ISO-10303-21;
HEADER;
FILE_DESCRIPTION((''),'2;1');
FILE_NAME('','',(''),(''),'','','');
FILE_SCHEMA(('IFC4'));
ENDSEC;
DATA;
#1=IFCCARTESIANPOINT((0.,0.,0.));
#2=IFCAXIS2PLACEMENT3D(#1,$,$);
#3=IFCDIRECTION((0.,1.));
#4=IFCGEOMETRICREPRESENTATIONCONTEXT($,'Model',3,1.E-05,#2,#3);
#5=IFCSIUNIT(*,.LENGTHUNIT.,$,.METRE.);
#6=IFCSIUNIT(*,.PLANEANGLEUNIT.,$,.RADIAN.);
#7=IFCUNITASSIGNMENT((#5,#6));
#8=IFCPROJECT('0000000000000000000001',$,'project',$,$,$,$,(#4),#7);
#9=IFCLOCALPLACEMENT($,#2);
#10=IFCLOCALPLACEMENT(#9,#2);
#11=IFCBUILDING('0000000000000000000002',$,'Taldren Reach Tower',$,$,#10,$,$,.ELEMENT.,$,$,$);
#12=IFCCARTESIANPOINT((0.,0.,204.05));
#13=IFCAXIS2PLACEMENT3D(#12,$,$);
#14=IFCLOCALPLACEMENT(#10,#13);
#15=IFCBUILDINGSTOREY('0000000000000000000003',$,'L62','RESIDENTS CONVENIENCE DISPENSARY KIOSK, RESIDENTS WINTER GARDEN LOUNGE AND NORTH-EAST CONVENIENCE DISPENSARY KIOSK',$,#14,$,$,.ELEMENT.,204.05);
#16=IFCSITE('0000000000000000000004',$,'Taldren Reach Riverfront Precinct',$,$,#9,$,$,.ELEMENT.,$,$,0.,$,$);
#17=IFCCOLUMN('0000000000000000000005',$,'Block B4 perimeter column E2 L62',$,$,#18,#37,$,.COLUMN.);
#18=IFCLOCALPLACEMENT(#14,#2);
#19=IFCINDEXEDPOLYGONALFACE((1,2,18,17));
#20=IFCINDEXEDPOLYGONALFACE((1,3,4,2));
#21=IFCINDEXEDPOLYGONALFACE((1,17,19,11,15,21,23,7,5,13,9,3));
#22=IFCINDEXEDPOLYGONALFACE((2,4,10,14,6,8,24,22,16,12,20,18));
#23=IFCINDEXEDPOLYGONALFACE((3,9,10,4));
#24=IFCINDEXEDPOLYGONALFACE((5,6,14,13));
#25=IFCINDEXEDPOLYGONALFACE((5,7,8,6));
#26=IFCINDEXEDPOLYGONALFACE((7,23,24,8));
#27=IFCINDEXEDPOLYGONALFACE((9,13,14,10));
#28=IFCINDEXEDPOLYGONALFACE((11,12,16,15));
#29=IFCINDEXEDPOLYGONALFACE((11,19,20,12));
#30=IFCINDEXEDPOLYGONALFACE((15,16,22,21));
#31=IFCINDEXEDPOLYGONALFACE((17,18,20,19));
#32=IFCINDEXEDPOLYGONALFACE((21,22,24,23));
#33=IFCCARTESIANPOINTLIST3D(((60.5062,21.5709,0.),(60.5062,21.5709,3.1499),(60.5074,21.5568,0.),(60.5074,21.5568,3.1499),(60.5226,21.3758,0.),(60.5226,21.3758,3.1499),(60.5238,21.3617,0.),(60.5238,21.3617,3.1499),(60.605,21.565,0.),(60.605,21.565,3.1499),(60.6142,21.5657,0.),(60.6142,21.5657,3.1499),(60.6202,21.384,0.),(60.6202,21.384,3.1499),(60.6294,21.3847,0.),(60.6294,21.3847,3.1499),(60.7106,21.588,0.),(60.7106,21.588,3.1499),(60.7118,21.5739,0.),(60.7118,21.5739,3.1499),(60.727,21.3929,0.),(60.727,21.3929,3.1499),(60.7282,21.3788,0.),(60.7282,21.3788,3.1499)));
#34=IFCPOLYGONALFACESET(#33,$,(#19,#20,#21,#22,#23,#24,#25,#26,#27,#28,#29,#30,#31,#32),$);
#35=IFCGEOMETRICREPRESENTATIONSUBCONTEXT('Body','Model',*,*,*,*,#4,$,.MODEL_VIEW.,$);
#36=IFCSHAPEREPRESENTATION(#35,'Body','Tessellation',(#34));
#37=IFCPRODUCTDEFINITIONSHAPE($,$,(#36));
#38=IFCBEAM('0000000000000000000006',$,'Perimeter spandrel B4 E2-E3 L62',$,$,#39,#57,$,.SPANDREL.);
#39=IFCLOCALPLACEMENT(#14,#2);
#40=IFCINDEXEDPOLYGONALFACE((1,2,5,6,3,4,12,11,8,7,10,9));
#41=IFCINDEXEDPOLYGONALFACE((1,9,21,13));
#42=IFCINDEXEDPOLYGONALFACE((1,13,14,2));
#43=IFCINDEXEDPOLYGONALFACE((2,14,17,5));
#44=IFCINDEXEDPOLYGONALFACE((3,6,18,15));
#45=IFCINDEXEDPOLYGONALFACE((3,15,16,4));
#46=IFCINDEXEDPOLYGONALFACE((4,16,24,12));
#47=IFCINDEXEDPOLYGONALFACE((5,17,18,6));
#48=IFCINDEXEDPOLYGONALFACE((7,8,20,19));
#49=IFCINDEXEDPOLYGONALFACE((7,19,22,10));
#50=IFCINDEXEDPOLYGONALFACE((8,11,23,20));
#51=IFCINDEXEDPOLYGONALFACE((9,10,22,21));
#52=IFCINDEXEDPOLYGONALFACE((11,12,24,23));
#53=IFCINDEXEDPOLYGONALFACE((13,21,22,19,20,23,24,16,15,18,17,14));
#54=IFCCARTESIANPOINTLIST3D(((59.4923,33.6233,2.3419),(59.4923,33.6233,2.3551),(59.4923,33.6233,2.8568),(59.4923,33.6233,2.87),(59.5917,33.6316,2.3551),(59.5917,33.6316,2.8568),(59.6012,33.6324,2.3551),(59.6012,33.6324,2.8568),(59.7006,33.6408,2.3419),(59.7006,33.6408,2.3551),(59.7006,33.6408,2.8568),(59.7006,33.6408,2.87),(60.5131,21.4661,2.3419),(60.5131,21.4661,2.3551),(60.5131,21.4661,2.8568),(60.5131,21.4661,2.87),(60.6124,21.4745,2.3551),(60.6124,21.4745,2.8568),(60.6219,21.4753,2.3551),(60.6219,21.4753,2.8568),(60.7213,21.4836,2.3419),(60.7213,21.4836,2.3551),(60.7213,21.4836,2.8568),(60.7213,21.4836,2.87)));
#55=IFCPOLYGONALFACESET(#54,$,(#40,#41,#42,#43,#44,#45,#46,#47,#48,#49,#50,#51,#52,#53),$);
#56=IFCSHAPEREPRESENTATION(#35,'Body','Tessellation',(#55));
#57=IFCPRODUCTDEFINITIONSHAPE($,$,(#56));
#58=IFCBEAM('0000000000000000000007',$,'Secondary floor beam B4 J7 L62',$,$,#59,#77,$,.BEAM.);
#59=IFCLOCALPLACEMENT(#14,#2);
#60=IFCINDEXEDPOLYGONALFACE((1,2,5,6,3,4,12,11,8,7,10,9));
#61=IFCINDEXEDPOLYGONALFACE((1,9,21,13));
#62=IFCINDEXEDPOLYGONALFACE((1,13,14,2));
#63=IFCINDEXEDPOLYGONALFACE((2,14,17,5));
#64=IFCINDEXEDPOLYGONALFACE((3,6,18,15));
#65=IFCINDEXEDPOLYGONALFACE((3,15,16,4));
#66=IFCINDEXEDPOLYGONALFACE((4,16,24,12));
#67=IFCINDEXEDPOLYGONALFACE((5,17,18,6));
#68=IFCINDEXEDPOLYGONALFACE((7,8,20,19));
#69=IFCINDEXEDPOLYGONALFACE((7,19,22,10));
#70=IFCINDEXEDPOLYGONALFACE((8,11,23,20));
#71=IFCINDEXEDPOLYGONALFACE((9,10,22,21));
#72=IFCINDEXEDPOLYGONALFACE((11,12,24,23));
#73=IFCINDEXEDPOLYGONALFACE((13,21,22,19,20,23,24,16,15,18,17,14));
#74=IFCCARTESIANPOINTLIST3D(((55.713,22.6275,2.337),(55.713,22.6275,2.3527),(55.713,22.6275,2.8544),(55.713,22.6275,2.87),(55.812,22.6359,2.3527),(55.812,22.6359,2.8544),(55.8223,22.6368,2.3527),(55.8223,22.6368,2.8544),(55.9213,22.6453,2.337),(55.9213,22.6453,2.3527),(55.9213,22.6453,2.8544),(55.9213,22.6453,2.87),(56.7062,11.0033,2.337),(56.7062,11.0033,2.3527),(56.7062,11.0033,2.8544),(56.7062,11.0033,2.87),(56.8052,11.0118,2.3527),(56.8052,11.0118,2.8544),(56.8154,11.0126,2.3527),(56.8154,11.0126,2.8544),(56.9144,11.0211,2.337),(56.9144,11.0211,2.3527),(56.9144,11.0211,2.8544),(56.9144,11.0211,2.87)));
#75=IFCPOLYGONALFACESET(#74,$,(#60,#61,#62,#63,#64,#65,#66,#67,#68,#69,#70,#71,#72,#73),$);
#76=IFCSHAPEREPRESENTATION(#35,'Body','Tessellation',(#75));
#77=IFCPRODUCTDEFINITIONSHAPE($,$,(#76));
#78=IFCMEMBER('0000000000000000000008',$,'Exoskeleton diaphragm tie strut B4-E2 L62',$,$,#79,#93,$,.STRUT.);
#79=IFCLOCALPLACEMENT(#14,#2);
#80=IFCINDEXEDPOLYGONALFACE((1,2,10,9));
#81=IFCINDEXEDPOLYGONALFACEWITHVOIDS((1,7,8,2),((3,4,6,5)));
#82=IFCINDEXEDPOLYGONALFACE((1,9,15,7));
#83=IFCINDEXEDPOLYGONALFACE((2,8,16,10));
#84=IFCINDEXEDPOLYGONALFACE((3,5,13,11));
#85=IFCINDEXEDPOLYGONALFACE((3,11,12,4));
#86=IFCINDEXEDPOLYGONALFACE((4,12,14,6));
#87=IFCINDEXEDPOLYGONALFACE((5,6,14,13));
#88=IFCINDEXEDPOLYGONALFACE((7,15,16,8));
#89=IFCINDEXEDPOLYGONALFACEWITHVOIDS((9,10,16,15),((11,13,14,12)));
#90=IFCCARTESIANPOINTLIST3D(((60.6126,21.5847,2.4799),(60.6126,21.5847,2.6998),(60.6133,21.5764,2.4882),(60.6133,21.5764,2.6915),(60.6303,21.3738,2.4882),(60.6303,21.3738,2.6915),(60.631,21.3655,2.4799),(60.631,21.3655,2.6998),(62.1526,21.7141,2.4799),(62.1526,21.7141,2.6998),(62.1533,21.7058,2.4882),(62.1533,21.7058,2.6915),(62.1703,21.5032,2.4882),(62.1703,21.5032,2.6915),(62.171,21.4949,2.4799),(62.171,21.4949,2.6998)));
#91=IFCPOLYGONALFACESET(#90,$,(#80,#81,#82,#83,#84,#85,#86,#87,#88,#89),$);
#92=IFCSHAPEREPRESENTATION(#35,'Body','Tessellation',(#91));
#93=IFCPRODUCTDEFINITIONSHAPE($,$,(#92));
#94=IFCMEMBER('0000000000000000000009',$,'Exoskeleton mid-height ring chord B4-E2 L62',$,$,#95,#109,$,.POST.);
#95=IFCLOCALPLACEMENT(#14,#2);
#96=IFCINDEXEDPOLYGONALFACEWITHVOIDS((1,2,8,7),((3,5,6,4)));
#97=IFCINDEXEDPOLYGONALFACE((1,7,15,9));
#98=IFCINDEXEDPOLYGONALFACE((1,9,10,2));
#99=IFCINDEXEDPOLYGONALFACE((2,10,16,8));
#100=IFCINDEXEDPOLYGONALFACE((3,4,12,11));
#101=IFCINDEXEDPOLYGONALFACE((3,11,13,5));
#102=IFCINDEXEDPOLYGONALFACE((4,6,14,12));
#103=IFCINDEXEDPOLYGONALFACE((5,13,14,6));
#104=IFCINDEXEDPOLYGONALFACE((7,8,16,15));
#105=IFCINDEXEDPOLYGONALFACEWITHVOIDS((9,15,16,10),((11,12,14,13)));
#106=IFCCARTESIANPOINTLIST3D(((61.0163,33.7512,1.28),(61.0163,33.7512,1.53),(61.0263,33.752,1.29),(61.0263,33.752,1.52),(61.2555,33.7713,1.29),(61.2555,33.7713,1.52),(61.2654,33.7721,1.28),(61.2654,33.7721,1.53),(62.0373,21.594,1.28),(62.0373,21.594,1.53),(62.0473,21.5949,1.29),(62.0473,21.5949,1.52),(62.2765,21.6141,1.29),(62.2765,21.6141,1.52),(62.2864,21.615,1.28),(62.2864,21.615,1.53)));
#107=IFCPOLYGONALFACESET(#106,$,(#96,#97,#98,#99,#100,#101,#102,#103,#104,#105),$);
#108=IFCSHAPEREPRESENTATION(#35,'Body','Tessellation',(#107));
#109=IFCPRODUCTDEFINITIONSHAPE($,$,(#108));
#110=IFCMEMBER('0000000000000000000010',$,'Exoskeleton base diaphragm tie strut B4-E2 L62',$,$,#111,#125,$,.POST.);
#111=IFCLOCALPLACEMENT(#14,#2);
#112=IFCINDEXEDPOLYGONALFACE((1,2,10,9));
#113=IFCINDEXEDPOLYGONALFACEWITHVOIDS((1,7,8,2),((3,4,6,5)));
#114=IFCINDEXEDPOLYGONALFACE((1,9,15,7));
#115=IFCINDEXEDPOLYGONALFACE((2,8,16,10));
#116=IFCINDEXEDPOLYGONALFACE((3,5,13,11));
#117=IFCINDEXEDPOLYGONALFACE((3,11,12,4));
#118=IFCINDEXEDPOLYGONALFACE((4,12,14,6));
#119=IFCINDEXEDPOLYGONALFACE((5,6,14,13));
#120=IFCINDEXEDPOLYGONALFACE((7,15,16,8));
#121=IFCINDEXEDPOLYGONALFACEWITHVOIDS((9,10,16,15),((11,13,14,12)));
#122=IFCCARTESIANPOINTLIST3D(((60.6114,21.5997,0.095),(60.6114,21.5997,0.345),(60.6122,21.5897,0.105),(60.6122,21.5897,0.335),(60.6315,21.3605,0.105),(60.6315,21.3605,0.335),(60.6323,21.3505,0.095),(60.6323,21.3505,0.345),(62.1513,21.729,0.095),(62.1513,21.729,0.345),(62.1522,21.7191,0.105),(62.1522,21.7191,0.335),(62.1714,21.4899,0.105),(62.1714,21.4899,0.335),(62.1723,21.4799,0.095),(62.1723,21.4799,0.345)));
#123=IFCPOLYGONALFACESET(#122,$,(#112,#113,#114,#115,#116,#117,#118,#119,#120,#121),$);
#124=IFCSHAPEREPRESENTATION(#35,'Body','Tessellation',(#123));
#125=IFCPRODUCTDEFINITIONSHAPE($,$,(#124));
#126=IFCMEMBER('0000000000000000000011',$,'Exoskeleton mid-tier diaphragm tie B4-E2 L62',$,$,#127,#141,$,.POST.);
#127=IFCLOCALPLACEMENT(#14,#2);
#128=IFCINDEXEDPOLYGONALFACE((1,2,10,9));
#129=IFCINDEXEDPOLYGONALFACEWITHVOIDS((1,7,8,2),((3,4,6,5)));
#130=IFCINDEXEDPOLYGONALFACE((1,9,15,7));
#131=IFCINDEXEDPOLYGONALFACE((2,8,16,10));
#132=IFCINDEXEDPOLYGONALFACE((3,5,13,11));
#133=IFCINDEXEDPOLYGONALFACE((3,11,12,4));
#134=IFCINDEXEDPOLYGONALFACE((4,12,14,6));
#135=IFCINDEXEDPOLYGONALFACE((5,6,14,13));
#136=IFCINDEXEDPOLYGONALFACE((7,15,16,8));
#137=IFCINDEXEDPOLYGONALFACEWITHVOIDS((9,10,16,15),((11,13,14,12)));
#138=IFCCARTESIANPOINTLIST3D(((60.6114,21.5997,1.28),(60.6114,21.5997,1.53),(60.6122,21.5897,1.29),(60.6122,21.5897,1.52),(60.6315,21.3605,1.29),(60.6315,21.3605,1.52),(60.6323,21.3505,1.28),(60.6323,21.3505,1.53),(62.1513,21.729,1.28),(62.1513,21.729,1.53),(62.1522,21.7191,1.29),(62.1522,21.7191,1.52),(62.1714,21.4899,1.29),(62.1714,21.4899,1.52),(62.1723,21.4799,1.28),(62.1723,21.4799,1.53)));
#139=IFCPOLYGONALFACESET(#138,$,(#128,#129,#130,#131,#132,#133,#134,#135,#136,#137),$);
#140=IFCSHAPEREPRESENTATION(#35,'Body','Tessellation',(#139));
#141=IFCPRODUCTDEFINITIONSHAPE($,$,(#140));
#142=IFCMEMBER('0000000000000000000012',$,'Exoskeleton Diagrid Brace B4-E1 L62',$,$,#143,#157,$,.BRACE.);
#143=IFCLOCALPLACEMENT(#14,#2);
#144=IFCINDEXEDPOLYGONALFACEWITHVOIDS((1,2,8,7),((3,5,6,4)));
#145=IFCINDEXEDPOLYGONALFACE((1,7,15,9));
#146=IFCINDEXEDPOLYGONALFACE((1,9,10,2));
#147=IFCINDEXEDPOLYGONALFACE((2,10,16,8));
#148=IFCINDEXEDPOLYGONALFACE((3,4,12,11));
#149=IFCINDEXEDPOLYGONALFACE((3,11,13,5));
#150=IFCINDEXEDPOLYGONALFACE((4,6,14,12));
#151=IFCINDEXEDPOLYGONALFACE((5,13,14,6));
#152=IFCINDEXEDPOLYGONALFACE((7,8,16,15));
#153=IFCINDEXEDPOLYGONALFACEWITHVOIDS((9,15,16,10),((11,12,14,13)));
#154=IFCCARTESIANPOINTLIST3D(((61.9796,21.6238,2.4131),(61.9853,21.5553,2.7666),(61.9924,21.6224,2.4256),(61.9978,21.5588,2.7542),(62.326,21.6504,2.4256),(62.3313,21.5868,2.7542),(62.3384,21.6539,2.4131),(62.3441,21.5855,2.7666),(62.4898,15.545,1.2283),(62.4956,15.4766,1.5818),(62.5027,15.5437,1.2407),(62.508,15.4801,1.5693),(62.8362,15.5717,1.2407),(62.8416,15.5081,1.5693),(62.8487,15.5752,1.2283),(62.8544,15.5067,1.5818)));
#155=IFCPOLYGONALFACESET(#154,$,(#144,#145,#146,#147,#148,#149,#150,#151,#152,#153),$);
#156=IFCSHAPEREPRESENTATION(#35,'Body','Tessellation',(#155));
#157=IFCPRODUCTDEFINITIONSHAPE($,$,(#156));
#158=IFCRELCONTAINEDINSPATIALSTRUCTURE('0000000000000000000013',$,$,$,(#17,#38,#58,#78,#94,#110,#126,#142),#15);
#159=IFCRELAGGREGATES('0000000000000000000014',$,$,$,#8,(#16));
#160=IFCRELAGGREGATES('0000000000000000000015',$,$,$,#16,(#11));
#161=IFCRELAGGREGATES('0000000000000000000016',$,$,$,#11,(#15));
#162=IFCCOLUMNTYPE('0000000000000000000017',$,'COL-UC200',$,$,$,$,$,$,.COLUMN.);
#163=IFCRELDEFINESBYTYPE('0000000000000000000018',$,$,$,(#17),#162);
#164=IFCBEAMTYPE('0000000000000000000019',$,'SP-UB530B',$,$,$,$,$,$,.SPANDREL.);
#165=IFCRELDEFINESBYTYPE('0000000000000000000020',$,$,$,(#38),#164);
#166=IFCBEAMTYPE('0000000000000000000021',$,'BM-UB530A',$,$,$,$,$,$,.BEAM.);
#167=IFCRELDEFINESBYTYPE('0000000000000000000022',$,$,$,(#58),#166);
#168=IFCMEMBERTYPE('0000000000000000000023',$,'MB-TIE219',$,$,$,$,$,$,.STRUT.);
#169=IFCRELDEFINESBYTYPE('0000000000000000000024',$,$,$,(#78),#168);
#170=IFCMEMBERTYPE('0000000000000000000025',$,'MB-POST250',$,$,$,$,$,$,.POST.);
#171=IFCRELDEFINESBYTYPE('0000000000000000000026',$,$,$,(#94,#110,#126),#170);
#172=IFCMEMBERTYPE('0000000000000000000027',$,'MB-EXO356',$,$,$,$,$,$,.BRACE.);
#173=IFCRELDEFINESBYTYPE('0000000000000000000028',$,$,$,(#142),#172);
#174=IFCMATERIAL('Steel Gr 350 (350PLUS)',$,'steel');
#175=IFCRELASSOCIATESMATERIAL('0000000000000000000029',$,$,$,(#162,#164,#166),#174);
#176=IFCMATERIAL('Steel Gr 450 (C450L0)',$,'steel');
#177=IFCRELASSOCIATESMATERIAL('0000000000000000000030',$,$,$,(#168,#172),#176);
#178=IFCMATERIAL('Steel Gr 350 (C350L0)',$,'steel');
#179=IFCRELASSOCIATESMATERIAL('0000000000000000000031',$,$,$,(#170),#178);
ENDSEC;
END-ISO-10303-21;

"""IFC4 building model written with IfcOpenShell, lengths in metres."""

from ifc_helpers import new_model, si_unit, direction, frame, origin, origin_2d, place, context, subcontext, project, spatial, hollow_rectangle, i_section, extrude, source, transform, mapped, material, material_profile, profile_set, type_object, element, save


model = new_model("IFC4")

# Units and contexts
model_context = context("Model", 3, precision=1e-05, world=origin(), true_north=direction((0.0, 1.0)))
body_context = subcontext(model_context, "Body", "Model", "MODEL_VIEW")
ifc_project = project(units=[si_unit("LENGTHUNIT", "METRE"), si_unit("PLANEANGLEUNIT", "RADIAN")], contexts=[model_context])

# Site, building, storey
site_placement = place(None, origin())
site = spatial("IfcSite", under=ifc_project, at=site_placement, Name="Taldren Reach Riverfront Precinct", CompositionType="ELEMENT", RefElevation=0.0)
building_placement = place(site_placement, origin())
building = spatial("IfcBuilding", under=site, at=building_placement, Name="Taldren Reach Tower", CompositionType="ELEMENT")
storey_placement = place(building_placement, frame((0.0, 0.0, 204.05)))
storey = spatial("IfcBuildingStorey", under=building, at=storey_placement, Name="L62", Description="RESIDENTS CONVENIENCE DISPENSARY KIOSK, RESIDENTS WINTER GARDEN LOUNGE AND NORTH-EAST CONVENIENCE DISPENSARY KIOSK", CompositionType="ELEMENT", Elevation=204.05)

# Column
ifc_material_1 = material(Name="Steel Gr 350 (350PLUS)", Category="steel")
ifc_material_profile_1 = material_profile(ifc_material_1, i_section(OverallWidth=0.2051, OverallDepth=0.21, WebThickness=0.0093, FlangeThickness=0.0142, at=origin_2d()), Name="200UC59.5")
ifc_profile_set_1 = profile_set([ifc_material_profile_1], Name="Steel Gr 350 (350PLUS)")
column_type = type_object("IfcColumnType", Name="COL-UC200", PredefinedType="COLUMN", material=ifc_profile_set_1)
shared_shape_1 = source(origin(), body_context, "Body", "SweptSolid", [
    extrude(i_section(OverallWidth=0.2051, OverallDepth=0.21, WebThickness=0.0093, FlangeThickness=0.0142, at=origin_2d()), origin(), (0.0, 0.0, 1.0), 3.1499),
])
column_placement = place(storey_placement, frame((60.6172, 21.4749, 0.0), z_axis=(0.0, 0.0, 1.0), x_axis=(0.996493, 0.083678, 0.0)))
element("IfcColumn", 1, at=column_placement, inside=storey, type_object=column_type, Name="Block B4 perimeter column E2 L62", PredefinedType="COLUMN", context=body_context, shape_type="MappedRepresentation", body=[
    mapped(shared_shape_1, transform((0.0, 0.0, 0.0), scale=1.0)),
])

# Beams
ifc_material_profile_2 = material_profile(ifc_material_1, i_section(OverallWidth=0.209, OverallDepth=0.5281, WebThickness=0.0095, FlangeThickness=0.0132, at=origin_2d()), Name="530UB82.0")
ifc_profile_set_2 = profile_set([ifc_material_profile_2], Name="Steel Gr 350 (350PLUS)")
beam_type_1 = type_object("IfcBeamType", Name="SP-UB530B", PredefinedType="SPANDREL", material=ifc_profile_set_2)
shared_shape_2 = source(origin(), body_context, "Body", "SweptSolid", [
    extrude(i_section(OverallWidth=0.209, OverallDepth=0.5281, WebThickness=0.0095, FlangeThickness=0.0132, at=origin_2d()), origin(), (0.0, 0.0, 1.0), 12.2),
])
beam_1_placement = place(storey_placement, frame((60.6172, 21.4749, 2.606), z_axis=(-0.083668, 0.996494, 0.0), x_axis=(-0.996494, -0.083668, 0.0)))
element("IfcBeam", 2, at=beam_1_placement, inside=storey, type_object=beam_type_1, Name="Perimeter spandrel B4 E2-E3 L62", PredefinedType="SPANDREL", context=body_context, shape_type="MappedRepresentation", body=[
    mapped(shared_shape_2, transform((0.0, 0.0, 0.0), scale=1.0)),
])
ifc_material_profile_3 = material_profile(ifc_material_1, i_section(OverallWidth=0.209, OverallDepth=0.533, WebThickness=0.0103, FlangeThickness=0.0156, at=origin_2d()), Name="530UB92.4")
ifc_profile_set_3 = profile_set([ifc_material_profile_3], Name="Steel Gr 350 (350PLUS)")
beam_type_2 = type_object("IfcBeamType", Name="BM-UB530A", PredefinedType="BEAM", material=ifc_profile_set_3)
shared_shape_3 = source(origin(), body_context, "Body", "SweptSolid", [
    extrude(i_section(OverallWidth=0.209, OverallDepth=0.533, WebThickness=0.0103, FlangeThickness=0.0156, at=origin_2d()), origin(), (0.0, 0.0, 1.0), 11.6665),
])
beam_2_placement = place(storey_placement, frame((56.8103, 11.0122, 2.6035), z_axis=(-0.085129, 0.99637, 0.0), x_axis=(-0.99637, -0.085129, 0.0)))
element("IfcBeam", 3, at=beam_2_placement, inside=storey, type_object=beam_type_2, Name="Secondary floor beam B4 J7 L62", PredefinedType="BEAM", context=body_context, shape_type="MappedRepresentation", body=[
    mapped(shared_shape_3, transform((0.0, 0.0, 0.0), scale=1.0)),
])

# Members
ifc_material_2 = material(Name="Steel Gr 450 (C450L0)", Category="steel")
ifc_material_profile_4 = material_profile(ifc_material_2, hollow_rectangle(XDim=0.22, YDim=0.22, WallThickness=0.0083, at=origin_2d()), Name="220x220x8.2SHS")
ifc_profile_set_4 = profile_set([ifc_material_profile_4], Name="Steel Gr 450 (C450L0)")
member_type_1 = type_object("IfcMemberType", Name="MB-TIE219", PredefinedType="STRUT", material=ifc_profile_set_4)
shared_shape_4 = source(origin(), body_context, "Body", "SweptSolid", [
    extrude(hollow_rectangle(XDim=0.22, YDim=0.22, WallThickness=0.0083, at=origin_2d()), origin(), (0.0, 0.0, 1.0), 1.5454),
])
member_1_placement = place(storey_placement, frame((60.6218, 21.4751, 2.5898), z_axis=(0.996489, 0.083725, 0.0), x_axis=(-0.083725, 0.996489, 0.0)))
element("IfcMember", 4, at=member_1_placement, inside=storey, type_object=member_type_1, Name="Exoskeleton diaphragm tie strut B4-E2 L62", PredefinedType="STRUT", context=body_context, shape_type="MappedRepresentation", body=[
    mapped(shared_shape_4, transform((0.0, 0.0, 0.0), scale=1.0)),
])
ifc_material_3 = material(Name="Steel Gr 350 (C350L0)", Category="steel")
ifc_material_profile_5 = material_profile(ifc_material_3, hollow_rectangle(XDim=0.25, YDim=0.25, WallThickness=0.01, at=origin_2d()), Name="250x250x10.0SHS")
ifc_profile_set_5 = profile_set([ifc_material_profile_5], Name="Steel Gr 350 (C350L0)")
member_type_2 = type_object("IfcMemberType", Name="MB-POST250", PredefinedType="POST", material=ifc_profile_set_5)
shared_shape_5 = source(origin(), body_context, "Body", "SweptSolid", [
    extrude(hollow_rectangle(XDim=0.25, YDim=0.25, WallThickness=0.01, at=origin_2d()), origin(), (0.0, 0.0, 1.0), 12.2),
])
member_2_placement = place(storey_placement, frame((62.1619, 21.6045, 1.405), z_axis=(-0.083688, 0.996492, 0.0), x_axis=(-0.996492, -0.083688, 0.0)))
element("IfcMember", 5, at=member_2_placement, inside=storey, type_object=member_type_2, Name="Exoskeleton mid-height ring chord B4-E2 L62", PredefinedType="POST", context=body_context, shape_type="MappedRepresentation", body=[
    mapped(shared_shape_5, transform((0.0, 0.0, 0.0), scale=1.0)),
])
shared_shape_6 = source(origin(), body_context, "Body", "SweptSolid", [
    extrude(hollow_rectangle(XDim=0.25, YDim=0.25, WallThickness=0.01, at=origin_2d()), origin(), (0.0, 0.0, 1.0), 1.5454),
])
for number, where, z_axis, x_axis, name in (
    (6, (60.6218, 21.4751, 0.22), (0.996489, 0.083725, 0.0), (-0.083725, 0.996489, 0.0), "Exoskeleton base diaphragm tie strut B4-E2 L62"),
    (7, (60.6218, 21.4751, 1.405), (0.996489, 0.083725, 0.0), (-0.083725, 0.996489, 0.0), "Exoskeleton mid-tier diaphragm tie B4-E2 L62"),
):
    element("IfcMember", number, at=place(storey_placement, frame(where, z_axis=z_axis, x_axis=x_axis)), inside=storey, type_object=member_type_2, Name=name, PredefinedType="POST", context=body_context, shape_type="MappedRepresentation", body=[
        mapped(shared_shape_6, transform((0.0, 0.0, 0.0), scale=1.0)),
    ])
ifc_material_profile_6 = material_profile(ifc_material_2, hollow_rectangle(XDim=0.3601, YDim=0.3601, WallThickness=0.0127, at=origin_2d()), Name="360x360x12.7SHS")
ifc_profile_set_6 = profile_set([ifc_material_profile_6], Name="Steel Gr 450 (C450L0)")
member_type_3 = type_object("IfcMemberType", Name="MB-EXO356", PredefinedType="BRACE", material=ifc_profile_set_6)
shared_shape_7 = source(origin(), body_context, "Body", "SweptSolid", [
    extrude(hollow_rectangle(XDim=0.3601, YDim=0.3601, WallThickness=0.0127, at=origin_2d()), origin(), (0.0, 0.0, 1.0), 6.2141),
])
member_3_placement = place(storey_placement, frame((62.6721, 15.5259, 1.405), z_axis=(-0.082114, 0.978214, 0.190669), x_axis=(-0.996495, -0.083648, 0.0)))
element("IfcMember", 8, at=member_3_placement, inside=storey, type_object=member_type_3, Name="Exoskeleton Diagrid Brace B4-E1 L62", PredefinedType="BRACE", context=body_context, shape_type="MappedRepresentation", body=[
    mapped(shared_shape_7, transform((0.0, 0.0, 0.0), scale=1.0)),
])

save(model, "model.ifc")
